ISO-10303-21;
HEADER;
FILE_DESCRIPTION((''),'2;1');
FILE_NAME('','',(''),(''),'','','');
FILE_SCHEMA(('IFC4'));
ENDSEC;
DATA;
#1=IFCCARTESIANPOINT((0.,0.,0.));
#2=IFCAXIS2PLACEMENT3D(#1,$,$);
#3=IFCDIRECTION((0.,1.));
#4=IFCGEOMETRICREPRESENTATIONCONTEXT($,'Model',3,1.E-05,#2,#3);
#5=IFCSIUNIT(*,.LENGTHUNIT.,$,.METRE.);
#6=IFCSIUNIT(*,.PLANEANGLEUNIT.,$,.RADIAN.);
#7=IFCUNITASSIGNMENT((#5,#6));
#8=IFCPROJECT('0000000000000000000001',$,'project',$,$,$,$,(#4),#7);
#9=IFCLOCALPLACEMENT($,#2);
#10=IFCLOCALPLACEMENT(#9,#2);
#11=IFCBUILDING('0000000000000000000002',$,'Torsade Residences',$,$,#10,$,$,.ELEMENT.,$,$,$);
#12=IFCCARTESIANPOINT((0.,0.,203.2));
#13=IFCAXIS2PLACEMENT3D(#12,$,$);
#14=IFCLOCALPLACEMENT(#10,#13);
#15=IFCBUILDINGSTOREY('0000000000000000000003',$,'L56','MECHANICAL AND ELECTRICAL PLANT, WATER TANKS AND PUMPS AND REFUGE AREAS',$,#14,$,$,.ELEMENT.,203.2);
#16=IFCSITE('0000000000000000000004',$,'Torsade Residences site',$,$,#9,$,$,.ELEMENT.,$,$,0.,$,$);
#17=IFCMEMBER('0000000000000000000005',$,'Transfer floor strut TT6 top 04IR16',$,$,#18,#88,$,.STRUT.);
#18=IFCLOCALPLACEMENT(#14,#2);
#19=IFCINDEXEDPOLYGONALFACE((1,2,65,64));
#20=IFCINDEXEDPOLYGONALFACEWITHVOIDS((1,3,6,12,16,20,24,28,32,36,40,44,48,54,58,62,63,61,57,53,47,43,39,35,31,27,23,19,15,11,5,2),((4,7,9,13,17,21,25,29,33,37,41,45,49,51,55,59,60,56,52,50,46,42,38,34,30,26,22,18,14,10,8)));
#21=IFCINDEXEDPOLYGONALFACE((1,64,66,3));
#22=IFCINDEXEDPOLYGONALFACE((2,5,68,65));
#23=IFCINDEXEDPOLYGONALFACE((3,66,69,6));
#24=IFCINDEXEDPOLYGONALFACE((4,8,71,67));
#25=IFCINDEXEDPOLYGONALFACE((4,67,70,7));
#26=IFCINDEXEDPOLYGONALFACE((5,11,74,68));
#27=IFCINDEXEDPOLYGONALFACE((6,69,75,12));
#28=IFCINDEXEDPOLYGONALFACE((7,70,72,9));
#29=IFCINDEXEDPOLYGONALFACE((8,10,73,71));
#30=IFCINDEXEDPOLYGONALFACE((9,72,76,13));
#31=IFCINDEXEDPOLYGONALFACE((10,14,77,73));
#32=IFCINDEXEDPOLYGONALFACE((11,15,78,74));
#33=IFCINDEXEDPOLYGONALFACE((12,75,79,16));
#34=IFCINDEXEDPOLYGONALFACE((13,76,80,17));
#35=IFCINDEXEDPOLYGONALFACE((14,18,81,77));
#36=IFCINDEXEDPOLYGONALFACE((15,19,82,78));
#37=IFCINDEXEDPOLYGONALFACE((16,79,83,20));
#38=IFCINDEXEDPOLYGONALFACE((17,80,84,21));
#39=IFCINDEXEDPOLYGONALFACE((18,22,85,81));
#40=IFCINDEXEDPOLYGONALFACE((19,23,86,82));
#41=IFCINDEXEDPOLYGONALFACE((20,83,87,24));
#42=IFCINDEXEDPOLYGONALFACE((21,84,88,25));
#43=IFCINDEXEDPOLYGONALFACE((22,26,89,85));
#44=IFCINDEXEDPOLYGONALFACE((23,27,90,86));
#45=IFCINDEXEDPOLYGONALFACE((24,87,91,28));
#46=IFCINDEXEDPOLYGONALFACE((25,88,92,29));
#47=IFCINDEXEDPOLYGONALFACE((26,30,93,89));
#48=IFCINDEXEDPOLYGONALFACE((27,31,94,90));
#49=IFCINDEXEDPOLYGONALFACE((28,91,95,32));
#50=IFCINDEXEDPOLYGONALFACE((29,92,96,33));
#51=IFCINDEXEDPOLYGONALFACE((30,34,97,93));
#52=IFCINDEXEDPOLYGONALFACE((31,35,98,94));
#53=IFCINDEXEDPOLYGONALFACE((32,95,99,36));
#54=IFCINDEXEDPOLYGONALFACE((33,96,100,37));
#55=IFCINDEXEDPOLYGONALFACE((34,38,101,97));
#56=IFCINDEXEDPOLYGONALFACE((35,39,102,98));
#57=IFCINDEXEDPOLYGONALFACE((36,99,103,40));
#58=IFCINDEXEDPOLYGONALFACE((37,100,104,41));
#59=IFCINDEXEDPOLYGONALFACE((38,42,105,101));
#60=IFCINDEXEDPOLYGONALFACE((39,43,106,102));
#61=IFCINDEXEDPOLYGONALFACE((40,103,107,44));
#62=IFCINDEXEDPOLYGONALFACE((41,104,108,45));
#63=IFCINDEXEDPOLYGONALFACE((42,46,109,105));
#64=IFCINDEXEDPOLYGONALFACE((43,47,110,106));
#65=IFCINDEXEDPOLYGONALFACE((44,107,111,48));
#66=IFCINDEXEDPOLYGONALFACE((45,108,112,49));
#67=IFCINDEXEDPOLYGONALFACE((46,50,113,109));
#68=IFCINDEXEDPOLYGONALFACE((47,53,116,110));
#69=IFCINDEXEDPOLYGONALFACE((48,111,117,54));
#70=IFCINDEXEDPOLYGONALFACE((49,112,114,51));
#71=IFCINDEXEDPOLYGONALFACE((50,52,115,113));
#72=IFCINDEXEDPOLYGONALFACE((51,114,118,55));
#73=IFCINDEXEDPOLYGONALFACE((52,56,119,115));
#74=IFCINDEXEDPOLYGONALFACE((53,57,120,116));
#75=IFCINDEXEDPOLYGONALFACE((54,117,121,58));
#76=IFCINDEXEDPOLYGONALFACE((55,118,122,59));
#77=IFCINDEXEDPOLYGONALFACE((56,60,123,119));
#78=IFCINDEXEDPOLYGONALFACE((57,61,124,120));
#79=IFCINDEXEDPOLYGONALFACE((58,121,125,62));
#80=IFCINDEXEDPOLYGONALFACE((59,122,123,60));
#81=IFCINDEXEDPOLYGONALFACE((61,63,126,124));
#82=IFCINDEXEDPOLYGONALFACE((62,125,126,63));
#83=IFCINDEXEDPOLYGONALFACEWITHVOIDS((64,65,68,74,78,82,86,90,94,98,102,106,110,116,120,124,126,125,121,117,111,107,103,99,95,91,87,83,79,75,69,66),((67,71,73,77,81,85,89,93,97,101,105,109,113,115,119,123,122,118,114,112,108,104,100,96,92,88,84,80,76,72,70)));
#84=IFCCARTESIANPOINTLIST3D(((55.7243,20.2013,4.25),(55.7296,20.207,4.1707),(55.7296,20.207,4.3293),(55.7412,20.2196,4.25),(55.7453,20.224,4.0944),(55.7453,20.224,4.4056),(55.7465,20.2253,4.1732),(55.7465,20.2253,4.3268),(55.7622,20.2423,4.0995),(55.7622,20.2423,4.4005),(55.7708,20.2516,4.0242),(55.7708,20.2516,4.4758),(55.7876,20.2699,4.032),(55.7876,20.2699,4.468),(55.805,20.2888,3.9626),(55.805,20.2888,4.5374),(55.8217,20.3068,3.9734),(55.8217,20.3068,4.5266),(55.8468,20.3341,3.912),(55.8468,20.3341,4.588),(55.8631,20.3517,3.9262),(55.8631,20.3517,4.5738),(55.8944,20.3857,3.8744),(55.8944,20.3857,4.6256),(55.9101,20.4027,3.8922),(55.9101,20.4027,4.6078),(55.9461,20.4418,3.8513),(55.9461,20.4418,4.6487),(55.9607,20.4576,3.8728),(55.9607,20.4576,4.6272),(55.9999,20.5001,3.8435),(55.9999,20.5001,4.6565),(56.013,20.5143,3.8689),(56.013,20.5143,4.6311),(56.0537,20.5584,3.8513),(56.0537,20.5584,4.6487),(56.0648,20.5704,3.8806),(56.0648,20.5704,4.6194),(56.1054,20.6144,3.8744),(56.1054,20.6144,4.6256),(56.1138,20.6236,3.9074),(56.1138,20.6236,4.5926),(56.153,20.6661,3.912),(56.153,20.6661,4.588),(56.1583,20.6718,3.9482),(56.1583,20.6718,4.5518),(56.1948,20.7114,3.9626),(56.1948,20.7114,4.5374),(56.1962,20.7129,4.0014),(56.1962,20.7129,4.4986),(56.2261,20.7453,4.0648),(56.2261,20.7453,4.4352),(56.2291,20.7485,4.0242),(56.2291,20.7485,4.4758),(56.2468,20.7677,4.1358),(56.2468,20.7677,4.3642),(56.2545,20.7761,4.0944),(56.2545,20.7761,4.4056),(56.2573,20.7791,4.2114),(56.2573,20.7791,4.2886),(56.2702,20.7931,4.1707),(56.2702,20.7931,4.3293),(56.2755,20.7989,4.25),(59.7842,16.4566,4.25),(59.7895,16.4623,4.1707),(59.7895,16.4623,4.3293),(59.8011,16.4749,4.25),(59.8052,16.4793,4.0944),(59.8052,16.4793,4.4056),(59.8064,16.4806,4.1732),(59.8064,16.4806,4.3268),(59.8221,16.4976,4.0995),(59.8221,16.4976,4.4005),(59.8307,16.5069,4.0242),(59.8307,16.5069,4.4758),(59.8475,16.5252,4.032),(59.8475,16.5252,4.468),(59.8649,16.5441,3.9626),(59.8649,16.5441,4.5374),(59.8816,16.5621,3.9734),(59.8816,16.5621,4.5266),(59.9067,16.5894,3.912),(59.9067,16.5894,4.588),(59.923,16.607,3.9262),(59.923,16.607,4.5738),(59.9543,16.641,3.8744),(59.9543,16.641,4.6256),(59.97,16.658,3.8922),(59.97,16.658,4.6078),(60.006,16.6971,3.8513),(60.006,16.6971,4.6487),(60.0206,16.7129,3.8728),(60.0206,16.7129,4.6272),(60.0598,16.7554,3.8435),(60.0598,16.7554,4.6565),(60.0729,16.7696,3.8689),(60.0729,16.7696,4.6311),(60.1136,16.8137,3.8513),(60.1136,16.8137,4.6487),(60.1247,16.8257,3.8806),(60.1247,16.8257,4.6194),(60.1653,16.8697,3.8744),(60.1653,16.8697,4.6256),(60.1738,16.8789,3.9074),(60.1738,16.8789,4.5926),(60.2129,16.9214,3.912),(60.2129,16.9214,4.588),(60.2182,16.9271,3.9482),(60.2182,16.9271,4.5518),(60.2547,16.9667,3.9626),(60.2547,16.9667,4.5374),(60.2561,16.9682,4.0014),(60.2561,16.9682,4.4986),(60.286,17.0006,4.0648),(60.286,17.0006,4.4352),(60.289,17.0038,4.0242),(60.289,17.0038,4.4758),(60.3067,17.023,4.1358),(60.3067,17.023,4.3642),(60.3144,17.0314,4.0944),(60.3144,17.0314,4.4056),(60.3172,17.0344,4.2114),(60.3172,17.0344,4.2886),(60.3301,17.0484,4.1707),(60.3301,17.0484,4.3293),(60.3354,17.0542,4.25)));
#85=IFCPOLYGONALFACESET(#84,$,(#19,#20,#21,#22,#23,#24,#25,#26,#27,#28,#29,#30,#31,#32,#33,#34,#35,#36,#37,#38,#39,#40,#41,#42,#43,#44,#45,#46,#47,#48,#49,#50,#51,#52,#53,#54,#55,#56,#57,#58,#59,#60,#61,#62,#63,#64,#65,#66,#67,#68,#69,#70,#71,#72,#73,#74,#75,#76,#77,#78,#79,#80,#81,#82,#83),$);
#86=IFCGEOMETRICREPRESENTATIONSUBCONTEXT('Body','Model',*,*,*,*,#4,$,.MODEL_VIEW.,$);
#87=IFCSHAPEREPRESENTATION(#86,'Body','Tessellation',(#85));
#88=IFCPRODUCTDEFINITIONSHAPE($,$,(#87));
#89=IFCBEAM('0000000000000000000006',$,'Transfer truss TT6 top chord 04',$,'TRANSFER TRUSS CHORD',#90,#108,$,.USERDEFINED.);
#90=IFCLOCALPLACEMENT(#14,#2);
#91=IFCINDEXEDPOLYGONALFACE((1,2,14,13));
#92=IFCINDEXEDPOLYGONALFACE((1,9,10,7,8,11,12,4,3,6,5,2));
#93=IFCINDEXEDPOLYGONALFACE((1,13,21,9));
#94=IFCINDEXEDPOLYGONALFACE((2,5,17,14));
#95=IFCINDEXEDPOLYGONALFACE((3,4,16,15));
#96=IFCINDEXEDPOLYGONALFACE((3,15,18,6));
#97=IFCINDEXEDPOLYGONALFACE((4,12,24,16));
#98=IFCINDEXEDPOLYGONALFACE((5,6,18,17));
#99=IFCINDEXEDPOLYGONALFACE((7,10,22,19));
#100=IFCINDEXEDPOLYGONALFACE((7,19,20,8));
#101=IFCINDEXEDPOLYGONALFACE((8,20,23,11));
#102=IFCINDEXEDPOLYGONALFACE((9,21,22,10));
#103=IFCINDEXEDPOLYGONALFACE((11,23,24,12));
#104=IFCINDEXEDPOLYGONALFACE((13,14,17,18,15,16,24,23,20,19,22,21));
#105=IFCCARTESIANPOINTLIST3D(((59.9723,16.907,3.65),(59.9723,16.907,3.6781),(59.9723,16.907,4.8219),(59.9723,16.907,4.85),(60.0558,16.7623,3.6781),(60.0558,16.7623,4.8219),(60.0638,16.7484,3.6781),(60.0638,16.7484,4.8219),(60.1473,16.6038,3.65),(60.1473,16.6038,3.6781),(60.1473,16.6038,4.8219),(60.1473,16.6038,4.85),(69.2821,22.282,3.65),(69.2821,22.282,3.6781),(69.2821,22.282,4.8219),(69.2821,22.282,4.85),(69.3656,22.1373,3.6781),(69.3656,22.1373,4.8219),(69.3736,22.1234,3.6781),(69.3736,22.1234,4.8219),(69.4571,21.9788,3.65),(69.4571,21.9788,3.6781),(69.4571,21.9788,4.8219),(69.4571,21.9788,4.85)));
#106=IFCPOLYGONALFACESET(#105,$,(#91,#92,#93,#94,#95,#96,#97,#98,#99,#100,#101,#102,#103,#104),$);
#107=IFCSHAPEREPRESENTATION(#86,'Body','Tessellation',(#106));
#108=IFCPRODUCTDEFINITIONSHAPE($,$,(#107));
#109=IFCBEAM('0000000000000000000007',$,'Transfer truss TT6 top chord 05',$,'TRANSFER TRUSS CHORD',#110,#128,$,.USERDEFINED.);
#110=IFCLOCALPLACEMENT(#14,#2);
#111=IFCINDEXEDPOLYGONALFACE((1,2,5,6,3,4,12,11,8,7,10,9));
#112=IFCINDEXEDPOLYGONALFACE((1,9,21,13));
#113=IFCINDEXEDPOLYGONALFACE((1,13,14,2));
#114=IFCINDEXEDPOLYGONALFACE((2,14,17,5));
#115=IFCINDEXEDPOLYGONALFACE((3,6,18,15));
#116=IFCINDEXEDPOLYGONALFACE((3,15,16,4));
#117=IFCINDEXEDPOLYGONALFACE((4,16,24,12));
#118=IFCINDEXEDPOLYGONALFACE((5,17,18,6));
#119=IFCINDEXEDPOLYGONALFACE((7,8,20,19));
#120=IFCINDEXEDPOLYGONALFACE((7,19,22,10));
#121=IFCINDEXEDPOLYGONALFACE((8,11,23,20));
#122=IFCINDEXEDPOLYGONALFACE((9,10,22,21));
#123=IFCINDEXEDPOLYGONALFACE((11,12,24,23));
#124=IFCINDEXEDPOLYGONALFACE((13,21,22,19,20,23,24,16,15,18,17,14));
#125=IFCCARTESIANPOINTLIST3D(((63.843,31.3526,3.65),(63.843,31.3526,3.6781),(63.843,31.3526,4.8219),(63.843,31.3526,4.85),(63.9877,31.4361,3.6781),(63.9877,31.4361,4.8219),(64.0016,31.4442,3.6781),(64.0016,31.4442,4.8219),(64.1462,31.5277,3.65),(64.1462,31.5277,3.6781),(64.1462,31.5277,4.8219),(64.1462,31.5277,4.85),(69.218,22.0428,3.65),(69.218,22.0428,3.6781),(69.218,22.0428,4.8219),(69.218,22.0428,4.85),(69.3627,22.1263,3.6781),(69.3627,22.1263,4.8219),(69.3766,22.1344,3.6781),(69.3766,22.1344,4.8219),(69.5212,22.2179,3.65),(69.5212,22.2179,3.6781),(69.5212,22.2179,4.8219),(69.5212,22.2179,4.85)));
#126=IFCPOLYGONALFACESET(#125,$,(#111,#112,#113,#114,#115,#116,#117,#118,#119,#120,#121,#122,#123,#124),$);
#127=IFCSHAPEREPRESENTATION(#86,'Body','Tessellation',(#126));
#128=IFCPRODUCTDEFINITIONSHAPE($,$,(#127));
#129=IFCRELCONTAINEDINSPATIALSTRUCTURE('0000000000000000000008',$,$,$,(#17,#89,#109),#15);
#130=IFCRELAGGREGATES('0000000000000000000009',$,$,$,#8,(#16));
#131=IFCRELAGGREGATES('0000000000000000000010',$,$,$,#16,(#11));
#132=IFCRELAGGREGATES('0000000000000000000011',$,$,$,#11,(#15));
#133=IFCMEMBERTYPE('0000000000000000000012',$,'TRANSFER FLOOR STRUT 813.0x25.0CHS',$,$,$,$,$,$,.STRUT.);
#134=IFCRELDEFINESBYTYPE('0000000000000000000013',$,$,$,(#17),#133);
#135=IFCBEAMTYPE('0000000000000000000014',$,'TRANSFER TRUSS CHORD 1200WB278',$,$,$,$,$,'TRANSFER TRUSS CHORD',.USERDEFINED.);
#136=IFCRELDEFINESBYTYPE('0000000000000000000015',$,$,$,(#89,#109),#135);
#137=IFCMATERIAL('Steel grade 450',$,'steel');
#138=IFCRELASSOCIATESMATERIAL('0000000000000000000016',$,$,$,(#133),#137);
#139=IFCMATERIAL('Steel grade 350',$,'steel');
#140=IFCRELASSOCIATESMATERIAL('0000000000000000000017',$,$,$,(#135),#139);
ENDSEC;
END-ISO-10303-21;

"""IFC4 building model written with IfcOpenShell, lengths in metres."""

from ifc_helpers import new_model, si_unit, direction, frame, origin, origin_2d, place, context, subcontext, project, spatial, hollow_circle, i_section, extrude, material, material_profile, profile_set, type_object, element, save


model = new_model("IFC4")

# Units and contexts
model_context = context("Model", 3, precision=1e-05, world=origin(), true_north=direction((0.0, 1.0)))
body_context = subcontext(model_context, "Body", "Model", "MODEL_VIEW")
ifc_project = project(units=[si_unit("LENGTHUNIT", "METRE"), si_unit("PLANEANGLEUNIT", "RADIAN")], contexts=[model_context])

# Site, building, storey
site_placement = place(None, origin())
site = spatial("IfcSite", under=ifc_project, at=site_placement, Name="Torsade Residences site", CompositionType="ELEMENT", RefElevation=0.0)
building_placement = place(site_placement, origin())
building = spatial("IfcBuilding", under=site, at=building_placement, Name="Torsade Residences", CompositionType="ELEMENT")
storey_placement = place(building_placement, frame((0.0, 0.0, 203.2)))
storey = spatial("IfcBuildingStorey", under=building, at=storey_placement, Name="L56", Description="MECHANICAL AND ELECTRICAL PLANT, WATER TANKS AND PUMPS AND REFUGE AREAS", CompositionType="ELEMENT", Elevation=203.2)

# Member
ifc_material_1 = material(Name="Steel grade 450", Category="steel")
ifc_material_profile_1 = material_profile(ifc_material_1, hollow_circle(Radius=0.4065, WallThickness=0.0249, at=origin_2d()), Name="813.0x25.0CHS")
ifc_profile_set_1 = profile_set([ifc_material_profile_1], Name="Steel grade 450")
member_type_1 = type_object("IfcMemberType", Name="TRANSFER FLOOR STRUT 813.0x25.0CHS", PredefinedType="STRUT", material=ifc_profile_set_1)
member_1_placement = place(storey_placement, frame((60.0598, 16.7554, 4.25), z_axis=(-0.735064, 0.677997, 0.0), x_axis=(-0.677997, -0.735064, 0.0)))
element("IfcMember", 1, at=member_1_placement, inside=storey, type_object=member_type_1, Name="Transfer floor strut TT6 top 04IR16", PredefinedType="STRUT", context=body_context, shape_type="SweptSolid", body=[
    extrude(hollow_circle(Radius=0.4065, WallThickness=0.0249, at=origin_2d()), origin(), (0.0, 0.0, 1.0), 5.5232),
])

# Beams
ifc_material_2 = material(Name="Steel grade 350", Category="steel")
ifc_material_profile_2 = material_profile(ifc_material_2, i_section(OverallWidth=0.3501, OverallDepth=1.2, WebThickness=0.0161, FlangeThickness=0.0281, at=origin_2d()), Name="1200WB278")
ifc_profile_set_2 = profile_set([ifc_material_profile_2], Name="Steel grade 350")
beam_type_1 = type_object("IfcBeamType", Name="TRANSFER TRUSS CHORD 1200WB278", ElementType="TRANSFER TRUSS CHORD", PredefinedType="USERDEFINED", material=ifc_profile_set_2)
for number, where, z_axis, x_axis, name in (
    (2, (60.0598, 16.7554, 4.25), (0.866026, 0.499998, 0.0), (-0.499998, 0.866026, 0.0), "Transfer truss TT6 top chord 04"),
    (3, (69.3696, 22.1304, 4.25), (-0.499998, 0.866026, 0.0), (-0.866026, -0.499998, 0.0), "Transfer truss TT6 top chord 05"),
):
    element("IfcBeam", number, at=place(storey_placement, frame(where, z_axis=z_axis, x_axis=x_axis)), inside=storey, type_object=beam_type_1, Name=name, ObjectType="TRANSFER TRUSS CHORD", PredefinedType="USERDEFINED", context=body_context, shape_type="SweptSolid", body=[
        extrude(i_section(OverallWidth=0.3501, OverallDepth=1.2, WebThickness=0.0161, FlangeThickness=0.0281, at=origin_2d()), origin(), (0.0, 0.0, 1.0), 10.75),
    ])

save(model, "model.ifc")
